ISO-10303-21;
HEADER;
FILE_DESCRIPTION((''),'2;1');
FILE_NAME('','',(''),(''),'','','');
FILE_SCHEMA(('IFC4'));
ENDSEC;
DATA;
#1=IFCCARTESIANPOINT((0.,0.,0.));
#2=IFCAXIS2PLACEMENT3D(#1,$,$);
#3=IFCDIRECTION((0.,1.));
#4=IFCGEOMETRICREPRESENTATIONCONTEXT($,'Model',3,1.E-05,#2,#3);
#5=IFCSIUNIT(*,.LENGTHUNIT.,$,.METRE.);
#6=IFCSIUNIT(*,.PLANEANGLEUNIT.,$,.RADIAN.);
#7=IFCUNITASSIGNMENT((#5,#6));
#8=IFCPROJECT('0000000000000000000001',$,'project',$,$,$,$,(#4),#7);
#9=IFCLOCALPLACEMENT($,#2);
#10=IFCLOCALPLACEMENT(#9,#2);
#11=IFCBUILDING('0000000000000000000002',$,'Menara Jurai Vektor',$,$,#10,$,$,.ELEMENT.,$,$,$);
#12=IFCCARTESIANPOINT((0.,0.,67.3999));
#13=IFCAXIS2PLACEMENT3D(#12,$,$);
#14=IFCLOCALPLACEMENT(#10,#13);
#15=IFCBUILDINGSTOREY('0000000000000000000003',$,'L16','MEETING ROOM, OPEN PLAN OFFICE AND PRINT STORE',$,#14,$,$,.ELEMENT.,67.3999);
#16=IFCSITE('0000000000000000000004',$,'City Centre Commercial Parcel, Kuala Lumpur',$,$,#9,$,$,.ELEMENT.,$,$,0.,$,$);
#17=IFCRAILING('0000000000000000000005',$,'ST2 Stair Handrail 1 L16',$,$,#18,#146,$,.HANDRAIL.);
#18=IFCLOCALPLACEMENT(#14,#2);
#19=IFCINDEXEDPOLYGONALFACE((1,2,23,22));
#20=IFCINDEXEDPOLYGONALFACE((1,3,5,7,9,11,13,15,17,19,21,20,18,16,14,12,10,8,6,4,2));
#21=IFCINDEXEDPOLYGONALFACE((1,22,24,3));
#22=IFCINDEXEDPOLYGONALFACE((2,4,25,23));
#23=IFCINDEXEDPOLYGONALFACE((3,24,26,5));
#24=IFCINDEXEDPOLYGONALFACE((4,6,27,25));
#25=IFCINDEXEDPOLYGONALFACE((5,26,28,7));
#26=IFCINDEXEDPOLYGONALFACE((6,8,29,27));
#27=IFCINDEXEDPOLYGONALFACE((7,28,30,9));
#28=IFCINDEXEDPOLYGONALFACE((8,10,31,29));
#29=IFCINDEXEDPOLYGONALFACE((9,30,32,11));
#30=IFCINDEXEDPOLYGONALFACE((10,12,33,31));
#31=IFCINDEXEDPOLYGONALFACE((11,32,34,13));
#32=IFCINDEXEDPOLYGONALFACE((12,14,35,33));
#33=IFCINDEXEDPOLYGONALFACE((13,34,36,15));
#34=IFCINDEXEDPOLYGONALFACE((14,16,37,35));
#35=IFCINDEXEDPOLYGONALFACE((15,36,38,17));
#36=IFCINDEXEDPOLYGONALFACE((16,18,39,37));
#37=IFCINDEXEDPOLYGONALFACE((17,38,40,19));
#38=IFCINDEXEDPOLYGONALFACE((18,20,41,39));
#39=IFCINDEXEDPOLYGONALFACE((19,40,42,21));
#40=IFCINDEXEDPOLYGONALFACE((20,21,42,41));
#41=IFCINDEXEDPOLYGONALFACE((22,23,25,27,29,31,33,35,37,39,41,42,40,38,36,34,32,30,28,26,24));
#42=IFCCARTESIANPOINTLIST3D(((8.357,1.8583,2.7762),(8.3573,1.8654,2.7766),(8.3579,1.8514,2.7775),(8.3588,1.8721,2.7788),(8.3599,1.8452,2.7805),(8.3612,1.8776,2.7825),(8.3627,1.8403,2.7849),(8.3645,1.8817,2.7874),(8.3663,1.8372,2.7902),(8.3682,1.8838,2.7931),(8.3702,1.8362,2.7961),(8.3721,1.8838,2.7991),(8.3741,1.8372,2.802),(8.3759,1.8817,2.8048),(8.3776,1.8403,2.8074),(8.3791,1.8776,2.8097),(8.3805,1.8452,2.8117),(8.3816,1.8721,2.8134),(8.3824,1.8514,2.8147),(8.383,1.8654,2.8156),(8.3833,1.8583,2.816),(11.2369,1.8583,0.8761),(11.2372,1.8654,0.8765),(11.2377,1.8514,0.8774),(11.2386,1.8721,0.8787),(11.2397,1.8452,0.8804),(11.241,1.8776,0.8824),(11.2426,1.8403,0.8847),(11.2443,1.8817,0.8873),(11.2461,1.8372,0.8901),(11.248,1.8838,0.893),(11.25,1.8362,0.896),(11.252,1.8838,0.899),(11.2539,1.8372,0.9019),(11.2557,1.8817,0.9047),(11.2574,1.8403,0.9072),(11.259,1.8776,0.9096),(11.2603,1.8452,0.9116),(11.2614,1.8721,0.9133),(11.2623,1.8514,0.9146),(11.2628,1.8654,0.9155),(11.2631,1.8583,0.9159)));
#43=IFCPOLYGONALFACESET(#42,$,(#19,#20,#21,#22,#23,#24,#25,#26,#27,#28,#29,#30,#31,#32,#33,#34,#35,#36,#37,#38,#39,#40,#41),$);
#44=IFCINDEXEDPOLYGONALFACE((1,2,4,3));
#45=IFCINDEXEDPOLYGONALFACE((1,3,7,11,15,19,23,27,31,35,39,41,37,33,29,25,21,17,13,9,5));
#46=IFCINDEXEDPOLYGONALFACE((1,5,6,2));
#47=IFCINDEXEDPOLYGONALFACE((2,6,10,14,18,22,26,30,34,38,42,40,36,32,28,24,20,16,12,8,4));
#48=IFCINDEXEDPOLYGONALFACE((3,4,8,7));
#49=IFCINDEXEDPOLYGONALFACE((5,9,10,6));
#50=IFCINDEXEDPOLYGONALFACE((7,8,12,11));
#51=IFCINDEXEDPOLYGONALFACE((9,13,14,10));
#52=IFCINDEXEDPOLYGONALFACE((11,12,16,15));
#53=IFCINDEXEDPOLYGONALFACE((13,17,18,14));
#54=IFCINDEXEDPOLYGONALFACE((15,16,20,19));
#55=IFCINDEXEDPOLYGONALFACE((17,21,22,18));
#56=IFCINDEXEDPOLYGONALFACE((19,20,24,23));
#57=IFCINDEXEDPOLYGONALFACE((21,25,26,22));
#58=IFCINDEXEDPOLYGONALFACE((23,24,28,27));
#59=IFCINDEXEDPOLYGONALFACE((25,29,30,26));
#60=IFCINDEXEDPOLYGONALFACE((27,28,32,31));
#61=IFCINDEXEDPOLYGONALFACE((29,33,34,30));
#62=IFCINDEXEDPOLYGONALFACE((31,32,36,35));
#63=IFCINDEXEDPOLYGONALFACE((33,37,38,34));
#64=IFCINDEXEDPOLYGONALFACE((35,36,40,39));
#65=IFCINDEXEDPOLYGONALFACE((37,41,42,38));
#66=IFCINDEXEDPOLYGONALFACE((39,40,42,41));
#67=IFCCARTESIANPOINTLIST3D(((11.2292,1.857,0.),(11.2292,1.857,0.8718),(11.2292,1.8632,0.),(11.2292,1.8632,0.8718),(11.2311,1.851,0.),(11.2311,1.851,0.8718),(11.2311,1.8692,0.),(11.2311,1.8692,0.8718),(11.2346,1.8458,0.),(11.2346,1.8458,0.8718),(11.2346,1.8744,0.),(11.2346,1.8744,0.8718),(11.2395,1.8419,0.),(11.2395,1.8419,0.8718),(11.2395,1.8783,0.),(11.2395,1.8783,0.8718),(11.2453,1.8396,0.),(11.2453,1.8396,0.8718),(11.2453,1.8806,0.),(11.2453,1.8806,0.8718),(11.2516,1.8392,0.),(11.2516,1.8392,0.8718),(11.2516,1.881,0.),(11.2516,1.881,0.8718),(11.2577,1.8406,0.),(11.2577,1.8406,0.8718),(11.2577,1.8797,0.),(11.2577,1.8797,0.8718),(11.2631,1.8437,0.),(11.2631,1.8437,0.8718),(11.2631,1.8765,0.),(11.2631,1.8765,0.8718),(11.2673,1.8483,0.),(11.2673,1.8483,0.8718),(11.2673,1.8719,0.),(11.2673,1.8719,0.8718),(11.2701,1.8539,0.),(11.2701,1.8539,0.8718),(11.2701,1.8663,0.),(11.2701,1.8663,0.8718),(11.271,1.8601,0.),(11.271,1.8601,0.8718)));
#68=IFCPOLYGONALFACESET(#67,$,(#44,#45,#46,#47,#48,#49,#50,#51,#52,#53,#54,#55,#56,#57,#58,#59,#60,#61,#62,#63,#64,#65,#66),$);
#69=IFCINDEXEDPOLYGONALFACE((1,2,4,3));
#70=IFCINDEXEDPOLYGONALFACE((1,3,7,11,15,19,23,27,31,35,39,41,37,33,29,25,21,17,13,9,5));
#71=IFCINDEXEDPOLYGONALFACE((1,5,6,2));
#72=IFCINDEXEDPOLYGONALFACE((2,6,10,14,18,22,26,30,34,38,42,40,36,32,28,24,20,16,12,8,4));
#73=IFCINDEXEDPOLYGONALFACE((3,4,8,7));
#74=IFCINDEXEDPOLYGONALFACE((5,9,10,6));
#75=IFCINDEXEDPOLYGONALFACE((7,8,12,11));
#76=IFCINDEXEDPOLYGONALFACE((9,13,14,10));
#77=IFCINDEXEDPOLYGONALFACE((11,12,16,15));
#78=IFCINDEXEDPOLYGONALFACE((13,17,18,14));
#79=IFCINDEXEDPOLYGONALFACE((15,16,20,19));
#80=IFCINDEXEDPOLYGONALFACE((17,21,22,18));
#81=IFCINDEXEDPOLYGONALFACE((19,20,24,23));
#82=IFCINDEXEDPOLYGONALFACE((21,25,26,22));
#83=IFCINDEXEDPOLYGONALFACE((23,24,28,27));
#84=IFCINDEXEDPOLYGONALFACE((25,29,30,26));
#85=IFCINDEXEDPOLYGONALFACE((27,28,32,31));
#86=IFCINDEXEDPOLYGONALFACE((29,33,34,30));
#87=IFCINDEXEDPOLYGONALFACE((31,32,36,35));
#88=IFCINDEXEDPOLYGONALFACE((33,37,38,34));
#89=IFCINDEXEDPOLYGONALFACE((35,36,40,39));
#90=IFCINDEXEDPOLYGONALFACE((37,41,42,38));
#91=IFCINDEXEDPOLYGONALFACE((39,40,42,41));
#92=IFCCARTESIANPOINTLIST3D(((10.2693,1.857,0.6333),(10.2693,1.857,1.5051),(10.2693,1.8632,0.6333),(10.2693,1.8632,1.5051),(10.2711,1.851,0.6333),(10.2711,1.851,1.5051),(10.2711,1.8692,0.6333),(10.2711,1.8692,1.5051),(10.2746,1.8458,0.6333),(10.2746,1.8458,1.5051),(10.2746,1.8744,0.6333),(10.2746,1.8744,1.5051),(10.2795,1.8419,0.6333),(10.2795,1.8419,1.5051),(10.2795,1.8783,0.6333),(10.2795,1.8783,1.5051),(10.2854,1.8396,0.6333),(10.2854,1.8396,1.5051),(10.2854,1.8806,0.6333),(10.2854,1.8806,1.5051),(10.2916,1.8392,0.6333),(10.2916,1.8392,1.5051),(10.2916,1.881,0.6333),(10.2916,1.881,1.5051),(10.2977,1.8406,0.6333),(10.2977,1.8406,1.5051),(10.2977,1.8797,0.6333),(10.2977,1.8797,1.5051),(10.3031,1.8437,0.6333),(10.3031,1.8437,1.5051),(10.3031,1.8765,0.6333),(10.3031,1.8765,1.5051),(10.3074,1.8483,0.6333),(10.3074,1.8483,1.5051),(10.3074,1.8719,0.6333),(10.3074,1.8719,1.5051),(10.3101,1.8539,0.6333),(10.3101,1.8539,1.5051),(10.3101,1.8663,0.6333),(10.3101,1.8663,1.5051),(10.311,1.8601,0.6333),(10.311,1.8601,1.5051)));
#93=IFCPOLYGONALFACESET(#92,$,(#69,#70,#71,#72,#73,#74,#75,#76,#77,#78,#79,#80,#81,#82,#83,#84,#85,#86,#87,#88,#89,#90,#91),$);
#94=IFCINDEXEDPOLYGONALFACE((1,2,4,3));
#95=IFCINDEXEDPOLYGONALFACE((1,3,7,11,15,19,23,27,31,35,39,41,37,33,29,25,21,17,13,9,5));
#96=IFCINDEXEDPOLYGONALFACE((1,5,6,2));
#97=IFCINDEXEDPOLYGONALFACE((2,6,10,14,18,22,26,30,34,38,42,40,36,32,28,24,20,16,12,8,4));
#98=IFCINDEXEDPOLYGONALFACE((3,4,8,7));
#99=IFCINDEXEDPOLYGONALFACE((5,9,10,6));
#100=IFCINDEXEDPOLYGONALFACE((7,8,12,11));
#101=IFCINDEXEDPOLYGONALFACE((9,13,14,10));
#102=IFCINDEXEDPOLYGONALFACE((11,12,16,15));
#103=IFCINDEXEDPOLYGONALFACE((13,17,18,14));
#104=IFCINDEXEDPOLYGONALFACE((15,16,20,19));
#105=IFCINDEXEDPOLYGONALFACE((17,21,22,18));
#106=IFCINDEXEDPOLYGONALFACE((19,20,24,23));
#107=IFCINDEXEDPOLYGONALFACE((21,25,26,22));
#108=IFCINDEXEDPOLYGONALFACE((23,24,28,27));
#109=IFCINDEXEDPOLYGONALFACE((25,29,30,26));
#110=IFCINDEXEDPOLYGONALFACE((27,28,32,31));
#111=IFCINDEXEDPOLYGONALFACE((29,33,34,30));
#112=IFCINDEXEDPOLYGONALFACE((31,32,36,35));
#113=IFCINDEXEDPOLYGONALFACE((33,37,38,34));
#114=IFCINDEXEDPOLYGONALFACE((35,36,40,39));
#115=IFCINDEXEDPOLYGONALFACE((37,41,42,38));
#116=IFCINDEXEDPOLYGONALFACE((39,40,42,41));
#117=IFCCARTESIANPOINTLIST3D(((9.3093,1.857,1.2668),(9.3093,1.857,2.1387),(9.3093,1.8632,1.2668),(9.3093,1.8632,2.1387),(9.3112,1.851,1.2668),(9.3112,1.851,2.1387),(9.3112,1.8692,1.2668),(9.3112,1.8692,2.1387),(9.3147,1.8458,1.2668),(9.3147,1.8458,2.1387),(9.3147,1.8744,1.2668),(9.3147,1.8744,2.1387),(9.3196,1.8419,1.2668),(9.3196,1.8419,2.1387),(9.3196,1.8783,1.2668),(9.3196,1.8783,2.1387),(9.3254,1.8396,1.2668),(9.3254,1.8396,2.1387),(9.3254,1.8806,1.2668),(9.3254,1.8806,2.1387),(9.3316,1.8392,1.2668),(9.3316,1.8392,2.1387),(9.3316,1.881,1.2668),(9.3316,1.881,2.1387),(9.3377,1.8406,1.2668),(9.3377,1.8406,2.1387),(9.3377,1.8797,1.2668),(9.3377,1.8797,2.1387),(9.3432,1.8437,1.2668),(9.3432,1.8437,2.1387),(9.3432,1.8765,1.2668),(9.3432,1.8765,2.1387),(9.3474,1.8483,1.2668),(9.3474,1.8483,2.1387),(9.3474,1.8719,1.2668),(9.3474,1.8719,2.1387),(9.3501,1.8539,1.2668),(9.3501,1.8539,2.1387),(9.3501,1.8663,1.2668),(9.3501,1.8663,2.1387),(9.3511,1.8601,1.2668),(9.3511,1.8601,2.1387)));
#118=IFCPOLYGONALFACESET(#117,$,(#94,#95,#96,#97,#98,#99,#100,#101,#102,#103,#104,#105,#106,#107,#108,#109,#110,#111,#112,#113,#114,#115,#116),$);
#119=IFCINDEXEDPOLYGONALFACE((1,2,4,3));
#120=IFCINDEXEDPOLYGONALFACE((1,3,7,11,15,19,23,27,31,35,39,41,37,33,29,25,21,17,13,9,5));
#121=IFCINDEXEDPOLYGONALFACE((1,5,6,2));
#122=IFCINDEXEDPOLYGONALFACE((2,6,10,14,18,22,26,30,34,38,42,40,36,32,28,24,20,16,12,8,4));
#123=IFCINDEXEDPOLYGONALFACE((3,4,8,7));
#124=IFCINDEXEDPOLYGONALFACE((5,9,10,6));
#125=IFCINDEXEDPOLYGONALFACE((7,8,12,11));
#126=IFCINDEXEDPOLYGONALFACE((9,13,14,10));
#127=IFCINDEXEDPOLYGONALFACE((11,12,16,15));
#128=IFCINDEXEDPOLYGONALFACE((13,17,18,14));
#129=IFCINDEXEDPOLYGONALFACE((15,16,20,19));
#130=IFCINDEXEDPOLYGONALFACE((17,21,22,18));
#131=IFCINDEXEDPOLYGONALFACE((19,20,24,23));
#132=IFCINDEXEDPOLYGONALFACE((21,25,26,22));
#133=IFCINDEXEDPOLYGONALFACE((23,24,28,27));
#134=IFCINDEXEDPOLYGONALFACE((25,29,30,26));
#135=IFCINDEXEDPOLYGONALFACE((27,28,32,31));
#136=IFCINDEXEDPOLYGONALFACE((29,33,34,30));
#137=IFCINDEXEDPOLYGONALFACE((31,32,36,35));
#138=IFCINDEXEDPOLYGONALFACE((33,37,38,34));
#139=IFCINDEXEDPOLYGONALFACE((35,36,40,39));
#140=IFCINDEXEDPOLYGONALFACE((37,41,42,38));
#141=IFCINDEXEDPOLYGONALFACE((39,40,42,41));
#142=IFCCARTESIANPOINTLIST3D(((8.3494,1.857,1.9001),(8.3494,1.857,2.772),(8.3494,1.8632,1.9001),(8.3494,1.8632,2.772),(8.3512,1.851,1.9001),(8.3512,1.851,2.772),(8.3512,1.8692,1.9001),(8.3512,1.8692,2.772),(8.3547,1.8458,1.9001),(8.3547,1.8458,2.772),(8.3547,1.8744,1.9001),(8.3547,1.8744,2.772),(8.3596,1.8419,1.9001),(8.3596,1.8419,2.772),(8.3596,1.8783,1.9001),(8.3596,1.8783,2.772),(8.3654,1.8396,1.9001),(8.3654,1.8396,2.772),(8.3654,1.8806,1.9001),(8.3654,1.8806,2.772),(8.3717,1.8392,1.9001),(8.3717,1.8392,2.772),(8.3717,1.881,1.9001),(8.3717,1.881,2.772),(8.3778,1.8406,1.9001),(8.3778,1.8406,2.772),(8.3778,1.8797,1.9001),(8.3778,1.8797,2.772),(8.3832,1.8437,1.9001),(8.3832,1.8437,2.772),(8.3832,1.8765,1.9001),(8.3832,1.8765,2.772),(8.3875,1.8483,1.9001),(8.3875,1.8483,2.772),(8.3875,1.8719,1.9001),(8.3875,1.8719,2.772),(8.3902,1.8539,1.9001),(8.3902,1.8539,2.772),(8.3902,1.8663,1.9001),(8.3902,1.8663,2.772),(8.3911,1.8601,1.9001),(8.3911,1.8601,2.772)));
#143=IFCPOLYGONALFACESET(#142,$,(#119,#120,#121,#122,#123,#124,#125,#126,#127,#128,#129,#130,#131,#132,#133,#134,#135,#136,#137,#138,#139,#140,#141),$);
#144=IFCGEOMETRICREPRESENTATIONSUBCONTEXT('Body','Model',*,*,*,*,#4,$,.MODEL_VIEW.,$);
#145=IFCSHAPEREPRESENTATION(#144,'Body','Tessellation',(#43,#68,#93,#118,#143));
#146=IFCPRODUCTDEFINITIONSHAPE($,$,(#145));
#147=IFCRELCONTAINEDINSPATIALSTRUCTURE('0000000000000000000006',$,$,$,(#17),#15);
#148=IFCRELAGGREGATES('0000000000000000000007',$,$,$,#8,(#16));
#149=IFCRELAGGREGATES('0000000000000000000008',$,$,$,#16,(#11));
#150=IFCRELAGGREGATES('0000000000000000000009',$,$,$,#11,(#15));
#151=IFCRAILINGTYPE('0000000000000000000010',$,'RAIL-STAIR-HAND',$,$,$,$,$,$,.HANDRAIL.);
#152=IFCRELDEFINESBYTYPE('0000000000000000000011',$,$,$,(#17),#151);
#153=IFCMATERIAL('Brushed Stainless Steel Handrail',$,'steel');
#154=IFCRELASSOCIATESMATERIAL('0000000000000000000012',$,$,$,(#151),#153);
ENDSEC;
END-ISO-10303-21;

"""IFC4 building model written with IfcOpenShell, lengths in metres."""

from ifc_helpers import new_model, si_unit, direction, frame, origin, origin_2d, place, context, subcontext, project, spatial, circle, extrude, material, type_object, element, save


model = new_model("IFC4")

# Units and contexts
model_context = context("Model", 3, precision=1e-05, world=origin(), true_north=direction((0.0, 1.0)))
body_context = subcontext(model_context, "Body", "Model", "MODEL_VIEW")
ifc_project = project(units=[si_unit("LENGTHUNIT", "METRE"), si_unit("PLANEANGLEUNIT", "RADIAN")], contexts=[model_context])

# Site, building, storey
site_placement = place(None, origin())
site = spatial("IfcSite", under=ifc_project, at=site_placement, Name="City Centre Commercial Parcel, Kuala Lumpur", CompositionType="ELEMENT", RefElevation=0.0)
building_placement = place(site_placement, origin())
building = spatial("IfcBuilding", under=site, at=building_placement, Name="Menara Jurai Vektor", CompositionType="ELEMENT")
storey_placement = place(building_placement, frame((0.0, 0.0, 67.3999)))
storey = spatial("IfcBuildingStorey", under=building, at=storey_placement, Name="L16", Description="MEETING ROOM, OPEN PLAN OFFICE AND PRINT STORE", CompositionType="ELEMENT", Elevation=67.3999)

# Railing
ifc_material_1 = material(Name="Brushed Stainless Steel Handrail", Category="steel")
railing_type_1 = type_object("IfcRailingType", Name="RAIL-STAIR-HAND", PredefinedType="HANDRAIL", material=ifc_material_1)
railing_1_placement = place(storey_placement, frame((11.25, 1.8601, 0.0)))
element("IfcRailing", 1, at=railing_1_placement, inside=storey, type_object=railing_type_1, Name="ST2 Stair Handrail 1 L16", PredefinedType="HANDRAIL", context=body_context, shape_type="SweptSolid", body=[
    extrude(circle(Radius=0.0239, at=origin_2d()), frame((0.0, 0.0, 0.896), z_axis=(-0.834686, 0.0, 0.550726), x_axis=(0.0, -1.0, 0.0)), (0.0, 0.0, 1.0), 3.4502),
    extrude(circle(Radius=0.021, at=origin_2d()), origin(), (0.0, 0.0, 1.0), 0.8718),
    extrude(circle(Radius=0.021, at=origin_2d()), frame((-0.96, 0.0, 0.6333)), (0.0, 0.0, 1.0), 0.8718),
    extrude(circle(Radius=0.021, at=origin_2d()), frame((-1.9199, 0.0, 1.2668)), (0.0, 0.0, 1.0), 0.8718),
    extrude(circle(Radius=0.021, at=origin_2d()), frame((-2.8799, 0.0, 1.9001)), (0.0, 0.0, 1.0), 0.8718),
])

save(model, "model.ifc")
